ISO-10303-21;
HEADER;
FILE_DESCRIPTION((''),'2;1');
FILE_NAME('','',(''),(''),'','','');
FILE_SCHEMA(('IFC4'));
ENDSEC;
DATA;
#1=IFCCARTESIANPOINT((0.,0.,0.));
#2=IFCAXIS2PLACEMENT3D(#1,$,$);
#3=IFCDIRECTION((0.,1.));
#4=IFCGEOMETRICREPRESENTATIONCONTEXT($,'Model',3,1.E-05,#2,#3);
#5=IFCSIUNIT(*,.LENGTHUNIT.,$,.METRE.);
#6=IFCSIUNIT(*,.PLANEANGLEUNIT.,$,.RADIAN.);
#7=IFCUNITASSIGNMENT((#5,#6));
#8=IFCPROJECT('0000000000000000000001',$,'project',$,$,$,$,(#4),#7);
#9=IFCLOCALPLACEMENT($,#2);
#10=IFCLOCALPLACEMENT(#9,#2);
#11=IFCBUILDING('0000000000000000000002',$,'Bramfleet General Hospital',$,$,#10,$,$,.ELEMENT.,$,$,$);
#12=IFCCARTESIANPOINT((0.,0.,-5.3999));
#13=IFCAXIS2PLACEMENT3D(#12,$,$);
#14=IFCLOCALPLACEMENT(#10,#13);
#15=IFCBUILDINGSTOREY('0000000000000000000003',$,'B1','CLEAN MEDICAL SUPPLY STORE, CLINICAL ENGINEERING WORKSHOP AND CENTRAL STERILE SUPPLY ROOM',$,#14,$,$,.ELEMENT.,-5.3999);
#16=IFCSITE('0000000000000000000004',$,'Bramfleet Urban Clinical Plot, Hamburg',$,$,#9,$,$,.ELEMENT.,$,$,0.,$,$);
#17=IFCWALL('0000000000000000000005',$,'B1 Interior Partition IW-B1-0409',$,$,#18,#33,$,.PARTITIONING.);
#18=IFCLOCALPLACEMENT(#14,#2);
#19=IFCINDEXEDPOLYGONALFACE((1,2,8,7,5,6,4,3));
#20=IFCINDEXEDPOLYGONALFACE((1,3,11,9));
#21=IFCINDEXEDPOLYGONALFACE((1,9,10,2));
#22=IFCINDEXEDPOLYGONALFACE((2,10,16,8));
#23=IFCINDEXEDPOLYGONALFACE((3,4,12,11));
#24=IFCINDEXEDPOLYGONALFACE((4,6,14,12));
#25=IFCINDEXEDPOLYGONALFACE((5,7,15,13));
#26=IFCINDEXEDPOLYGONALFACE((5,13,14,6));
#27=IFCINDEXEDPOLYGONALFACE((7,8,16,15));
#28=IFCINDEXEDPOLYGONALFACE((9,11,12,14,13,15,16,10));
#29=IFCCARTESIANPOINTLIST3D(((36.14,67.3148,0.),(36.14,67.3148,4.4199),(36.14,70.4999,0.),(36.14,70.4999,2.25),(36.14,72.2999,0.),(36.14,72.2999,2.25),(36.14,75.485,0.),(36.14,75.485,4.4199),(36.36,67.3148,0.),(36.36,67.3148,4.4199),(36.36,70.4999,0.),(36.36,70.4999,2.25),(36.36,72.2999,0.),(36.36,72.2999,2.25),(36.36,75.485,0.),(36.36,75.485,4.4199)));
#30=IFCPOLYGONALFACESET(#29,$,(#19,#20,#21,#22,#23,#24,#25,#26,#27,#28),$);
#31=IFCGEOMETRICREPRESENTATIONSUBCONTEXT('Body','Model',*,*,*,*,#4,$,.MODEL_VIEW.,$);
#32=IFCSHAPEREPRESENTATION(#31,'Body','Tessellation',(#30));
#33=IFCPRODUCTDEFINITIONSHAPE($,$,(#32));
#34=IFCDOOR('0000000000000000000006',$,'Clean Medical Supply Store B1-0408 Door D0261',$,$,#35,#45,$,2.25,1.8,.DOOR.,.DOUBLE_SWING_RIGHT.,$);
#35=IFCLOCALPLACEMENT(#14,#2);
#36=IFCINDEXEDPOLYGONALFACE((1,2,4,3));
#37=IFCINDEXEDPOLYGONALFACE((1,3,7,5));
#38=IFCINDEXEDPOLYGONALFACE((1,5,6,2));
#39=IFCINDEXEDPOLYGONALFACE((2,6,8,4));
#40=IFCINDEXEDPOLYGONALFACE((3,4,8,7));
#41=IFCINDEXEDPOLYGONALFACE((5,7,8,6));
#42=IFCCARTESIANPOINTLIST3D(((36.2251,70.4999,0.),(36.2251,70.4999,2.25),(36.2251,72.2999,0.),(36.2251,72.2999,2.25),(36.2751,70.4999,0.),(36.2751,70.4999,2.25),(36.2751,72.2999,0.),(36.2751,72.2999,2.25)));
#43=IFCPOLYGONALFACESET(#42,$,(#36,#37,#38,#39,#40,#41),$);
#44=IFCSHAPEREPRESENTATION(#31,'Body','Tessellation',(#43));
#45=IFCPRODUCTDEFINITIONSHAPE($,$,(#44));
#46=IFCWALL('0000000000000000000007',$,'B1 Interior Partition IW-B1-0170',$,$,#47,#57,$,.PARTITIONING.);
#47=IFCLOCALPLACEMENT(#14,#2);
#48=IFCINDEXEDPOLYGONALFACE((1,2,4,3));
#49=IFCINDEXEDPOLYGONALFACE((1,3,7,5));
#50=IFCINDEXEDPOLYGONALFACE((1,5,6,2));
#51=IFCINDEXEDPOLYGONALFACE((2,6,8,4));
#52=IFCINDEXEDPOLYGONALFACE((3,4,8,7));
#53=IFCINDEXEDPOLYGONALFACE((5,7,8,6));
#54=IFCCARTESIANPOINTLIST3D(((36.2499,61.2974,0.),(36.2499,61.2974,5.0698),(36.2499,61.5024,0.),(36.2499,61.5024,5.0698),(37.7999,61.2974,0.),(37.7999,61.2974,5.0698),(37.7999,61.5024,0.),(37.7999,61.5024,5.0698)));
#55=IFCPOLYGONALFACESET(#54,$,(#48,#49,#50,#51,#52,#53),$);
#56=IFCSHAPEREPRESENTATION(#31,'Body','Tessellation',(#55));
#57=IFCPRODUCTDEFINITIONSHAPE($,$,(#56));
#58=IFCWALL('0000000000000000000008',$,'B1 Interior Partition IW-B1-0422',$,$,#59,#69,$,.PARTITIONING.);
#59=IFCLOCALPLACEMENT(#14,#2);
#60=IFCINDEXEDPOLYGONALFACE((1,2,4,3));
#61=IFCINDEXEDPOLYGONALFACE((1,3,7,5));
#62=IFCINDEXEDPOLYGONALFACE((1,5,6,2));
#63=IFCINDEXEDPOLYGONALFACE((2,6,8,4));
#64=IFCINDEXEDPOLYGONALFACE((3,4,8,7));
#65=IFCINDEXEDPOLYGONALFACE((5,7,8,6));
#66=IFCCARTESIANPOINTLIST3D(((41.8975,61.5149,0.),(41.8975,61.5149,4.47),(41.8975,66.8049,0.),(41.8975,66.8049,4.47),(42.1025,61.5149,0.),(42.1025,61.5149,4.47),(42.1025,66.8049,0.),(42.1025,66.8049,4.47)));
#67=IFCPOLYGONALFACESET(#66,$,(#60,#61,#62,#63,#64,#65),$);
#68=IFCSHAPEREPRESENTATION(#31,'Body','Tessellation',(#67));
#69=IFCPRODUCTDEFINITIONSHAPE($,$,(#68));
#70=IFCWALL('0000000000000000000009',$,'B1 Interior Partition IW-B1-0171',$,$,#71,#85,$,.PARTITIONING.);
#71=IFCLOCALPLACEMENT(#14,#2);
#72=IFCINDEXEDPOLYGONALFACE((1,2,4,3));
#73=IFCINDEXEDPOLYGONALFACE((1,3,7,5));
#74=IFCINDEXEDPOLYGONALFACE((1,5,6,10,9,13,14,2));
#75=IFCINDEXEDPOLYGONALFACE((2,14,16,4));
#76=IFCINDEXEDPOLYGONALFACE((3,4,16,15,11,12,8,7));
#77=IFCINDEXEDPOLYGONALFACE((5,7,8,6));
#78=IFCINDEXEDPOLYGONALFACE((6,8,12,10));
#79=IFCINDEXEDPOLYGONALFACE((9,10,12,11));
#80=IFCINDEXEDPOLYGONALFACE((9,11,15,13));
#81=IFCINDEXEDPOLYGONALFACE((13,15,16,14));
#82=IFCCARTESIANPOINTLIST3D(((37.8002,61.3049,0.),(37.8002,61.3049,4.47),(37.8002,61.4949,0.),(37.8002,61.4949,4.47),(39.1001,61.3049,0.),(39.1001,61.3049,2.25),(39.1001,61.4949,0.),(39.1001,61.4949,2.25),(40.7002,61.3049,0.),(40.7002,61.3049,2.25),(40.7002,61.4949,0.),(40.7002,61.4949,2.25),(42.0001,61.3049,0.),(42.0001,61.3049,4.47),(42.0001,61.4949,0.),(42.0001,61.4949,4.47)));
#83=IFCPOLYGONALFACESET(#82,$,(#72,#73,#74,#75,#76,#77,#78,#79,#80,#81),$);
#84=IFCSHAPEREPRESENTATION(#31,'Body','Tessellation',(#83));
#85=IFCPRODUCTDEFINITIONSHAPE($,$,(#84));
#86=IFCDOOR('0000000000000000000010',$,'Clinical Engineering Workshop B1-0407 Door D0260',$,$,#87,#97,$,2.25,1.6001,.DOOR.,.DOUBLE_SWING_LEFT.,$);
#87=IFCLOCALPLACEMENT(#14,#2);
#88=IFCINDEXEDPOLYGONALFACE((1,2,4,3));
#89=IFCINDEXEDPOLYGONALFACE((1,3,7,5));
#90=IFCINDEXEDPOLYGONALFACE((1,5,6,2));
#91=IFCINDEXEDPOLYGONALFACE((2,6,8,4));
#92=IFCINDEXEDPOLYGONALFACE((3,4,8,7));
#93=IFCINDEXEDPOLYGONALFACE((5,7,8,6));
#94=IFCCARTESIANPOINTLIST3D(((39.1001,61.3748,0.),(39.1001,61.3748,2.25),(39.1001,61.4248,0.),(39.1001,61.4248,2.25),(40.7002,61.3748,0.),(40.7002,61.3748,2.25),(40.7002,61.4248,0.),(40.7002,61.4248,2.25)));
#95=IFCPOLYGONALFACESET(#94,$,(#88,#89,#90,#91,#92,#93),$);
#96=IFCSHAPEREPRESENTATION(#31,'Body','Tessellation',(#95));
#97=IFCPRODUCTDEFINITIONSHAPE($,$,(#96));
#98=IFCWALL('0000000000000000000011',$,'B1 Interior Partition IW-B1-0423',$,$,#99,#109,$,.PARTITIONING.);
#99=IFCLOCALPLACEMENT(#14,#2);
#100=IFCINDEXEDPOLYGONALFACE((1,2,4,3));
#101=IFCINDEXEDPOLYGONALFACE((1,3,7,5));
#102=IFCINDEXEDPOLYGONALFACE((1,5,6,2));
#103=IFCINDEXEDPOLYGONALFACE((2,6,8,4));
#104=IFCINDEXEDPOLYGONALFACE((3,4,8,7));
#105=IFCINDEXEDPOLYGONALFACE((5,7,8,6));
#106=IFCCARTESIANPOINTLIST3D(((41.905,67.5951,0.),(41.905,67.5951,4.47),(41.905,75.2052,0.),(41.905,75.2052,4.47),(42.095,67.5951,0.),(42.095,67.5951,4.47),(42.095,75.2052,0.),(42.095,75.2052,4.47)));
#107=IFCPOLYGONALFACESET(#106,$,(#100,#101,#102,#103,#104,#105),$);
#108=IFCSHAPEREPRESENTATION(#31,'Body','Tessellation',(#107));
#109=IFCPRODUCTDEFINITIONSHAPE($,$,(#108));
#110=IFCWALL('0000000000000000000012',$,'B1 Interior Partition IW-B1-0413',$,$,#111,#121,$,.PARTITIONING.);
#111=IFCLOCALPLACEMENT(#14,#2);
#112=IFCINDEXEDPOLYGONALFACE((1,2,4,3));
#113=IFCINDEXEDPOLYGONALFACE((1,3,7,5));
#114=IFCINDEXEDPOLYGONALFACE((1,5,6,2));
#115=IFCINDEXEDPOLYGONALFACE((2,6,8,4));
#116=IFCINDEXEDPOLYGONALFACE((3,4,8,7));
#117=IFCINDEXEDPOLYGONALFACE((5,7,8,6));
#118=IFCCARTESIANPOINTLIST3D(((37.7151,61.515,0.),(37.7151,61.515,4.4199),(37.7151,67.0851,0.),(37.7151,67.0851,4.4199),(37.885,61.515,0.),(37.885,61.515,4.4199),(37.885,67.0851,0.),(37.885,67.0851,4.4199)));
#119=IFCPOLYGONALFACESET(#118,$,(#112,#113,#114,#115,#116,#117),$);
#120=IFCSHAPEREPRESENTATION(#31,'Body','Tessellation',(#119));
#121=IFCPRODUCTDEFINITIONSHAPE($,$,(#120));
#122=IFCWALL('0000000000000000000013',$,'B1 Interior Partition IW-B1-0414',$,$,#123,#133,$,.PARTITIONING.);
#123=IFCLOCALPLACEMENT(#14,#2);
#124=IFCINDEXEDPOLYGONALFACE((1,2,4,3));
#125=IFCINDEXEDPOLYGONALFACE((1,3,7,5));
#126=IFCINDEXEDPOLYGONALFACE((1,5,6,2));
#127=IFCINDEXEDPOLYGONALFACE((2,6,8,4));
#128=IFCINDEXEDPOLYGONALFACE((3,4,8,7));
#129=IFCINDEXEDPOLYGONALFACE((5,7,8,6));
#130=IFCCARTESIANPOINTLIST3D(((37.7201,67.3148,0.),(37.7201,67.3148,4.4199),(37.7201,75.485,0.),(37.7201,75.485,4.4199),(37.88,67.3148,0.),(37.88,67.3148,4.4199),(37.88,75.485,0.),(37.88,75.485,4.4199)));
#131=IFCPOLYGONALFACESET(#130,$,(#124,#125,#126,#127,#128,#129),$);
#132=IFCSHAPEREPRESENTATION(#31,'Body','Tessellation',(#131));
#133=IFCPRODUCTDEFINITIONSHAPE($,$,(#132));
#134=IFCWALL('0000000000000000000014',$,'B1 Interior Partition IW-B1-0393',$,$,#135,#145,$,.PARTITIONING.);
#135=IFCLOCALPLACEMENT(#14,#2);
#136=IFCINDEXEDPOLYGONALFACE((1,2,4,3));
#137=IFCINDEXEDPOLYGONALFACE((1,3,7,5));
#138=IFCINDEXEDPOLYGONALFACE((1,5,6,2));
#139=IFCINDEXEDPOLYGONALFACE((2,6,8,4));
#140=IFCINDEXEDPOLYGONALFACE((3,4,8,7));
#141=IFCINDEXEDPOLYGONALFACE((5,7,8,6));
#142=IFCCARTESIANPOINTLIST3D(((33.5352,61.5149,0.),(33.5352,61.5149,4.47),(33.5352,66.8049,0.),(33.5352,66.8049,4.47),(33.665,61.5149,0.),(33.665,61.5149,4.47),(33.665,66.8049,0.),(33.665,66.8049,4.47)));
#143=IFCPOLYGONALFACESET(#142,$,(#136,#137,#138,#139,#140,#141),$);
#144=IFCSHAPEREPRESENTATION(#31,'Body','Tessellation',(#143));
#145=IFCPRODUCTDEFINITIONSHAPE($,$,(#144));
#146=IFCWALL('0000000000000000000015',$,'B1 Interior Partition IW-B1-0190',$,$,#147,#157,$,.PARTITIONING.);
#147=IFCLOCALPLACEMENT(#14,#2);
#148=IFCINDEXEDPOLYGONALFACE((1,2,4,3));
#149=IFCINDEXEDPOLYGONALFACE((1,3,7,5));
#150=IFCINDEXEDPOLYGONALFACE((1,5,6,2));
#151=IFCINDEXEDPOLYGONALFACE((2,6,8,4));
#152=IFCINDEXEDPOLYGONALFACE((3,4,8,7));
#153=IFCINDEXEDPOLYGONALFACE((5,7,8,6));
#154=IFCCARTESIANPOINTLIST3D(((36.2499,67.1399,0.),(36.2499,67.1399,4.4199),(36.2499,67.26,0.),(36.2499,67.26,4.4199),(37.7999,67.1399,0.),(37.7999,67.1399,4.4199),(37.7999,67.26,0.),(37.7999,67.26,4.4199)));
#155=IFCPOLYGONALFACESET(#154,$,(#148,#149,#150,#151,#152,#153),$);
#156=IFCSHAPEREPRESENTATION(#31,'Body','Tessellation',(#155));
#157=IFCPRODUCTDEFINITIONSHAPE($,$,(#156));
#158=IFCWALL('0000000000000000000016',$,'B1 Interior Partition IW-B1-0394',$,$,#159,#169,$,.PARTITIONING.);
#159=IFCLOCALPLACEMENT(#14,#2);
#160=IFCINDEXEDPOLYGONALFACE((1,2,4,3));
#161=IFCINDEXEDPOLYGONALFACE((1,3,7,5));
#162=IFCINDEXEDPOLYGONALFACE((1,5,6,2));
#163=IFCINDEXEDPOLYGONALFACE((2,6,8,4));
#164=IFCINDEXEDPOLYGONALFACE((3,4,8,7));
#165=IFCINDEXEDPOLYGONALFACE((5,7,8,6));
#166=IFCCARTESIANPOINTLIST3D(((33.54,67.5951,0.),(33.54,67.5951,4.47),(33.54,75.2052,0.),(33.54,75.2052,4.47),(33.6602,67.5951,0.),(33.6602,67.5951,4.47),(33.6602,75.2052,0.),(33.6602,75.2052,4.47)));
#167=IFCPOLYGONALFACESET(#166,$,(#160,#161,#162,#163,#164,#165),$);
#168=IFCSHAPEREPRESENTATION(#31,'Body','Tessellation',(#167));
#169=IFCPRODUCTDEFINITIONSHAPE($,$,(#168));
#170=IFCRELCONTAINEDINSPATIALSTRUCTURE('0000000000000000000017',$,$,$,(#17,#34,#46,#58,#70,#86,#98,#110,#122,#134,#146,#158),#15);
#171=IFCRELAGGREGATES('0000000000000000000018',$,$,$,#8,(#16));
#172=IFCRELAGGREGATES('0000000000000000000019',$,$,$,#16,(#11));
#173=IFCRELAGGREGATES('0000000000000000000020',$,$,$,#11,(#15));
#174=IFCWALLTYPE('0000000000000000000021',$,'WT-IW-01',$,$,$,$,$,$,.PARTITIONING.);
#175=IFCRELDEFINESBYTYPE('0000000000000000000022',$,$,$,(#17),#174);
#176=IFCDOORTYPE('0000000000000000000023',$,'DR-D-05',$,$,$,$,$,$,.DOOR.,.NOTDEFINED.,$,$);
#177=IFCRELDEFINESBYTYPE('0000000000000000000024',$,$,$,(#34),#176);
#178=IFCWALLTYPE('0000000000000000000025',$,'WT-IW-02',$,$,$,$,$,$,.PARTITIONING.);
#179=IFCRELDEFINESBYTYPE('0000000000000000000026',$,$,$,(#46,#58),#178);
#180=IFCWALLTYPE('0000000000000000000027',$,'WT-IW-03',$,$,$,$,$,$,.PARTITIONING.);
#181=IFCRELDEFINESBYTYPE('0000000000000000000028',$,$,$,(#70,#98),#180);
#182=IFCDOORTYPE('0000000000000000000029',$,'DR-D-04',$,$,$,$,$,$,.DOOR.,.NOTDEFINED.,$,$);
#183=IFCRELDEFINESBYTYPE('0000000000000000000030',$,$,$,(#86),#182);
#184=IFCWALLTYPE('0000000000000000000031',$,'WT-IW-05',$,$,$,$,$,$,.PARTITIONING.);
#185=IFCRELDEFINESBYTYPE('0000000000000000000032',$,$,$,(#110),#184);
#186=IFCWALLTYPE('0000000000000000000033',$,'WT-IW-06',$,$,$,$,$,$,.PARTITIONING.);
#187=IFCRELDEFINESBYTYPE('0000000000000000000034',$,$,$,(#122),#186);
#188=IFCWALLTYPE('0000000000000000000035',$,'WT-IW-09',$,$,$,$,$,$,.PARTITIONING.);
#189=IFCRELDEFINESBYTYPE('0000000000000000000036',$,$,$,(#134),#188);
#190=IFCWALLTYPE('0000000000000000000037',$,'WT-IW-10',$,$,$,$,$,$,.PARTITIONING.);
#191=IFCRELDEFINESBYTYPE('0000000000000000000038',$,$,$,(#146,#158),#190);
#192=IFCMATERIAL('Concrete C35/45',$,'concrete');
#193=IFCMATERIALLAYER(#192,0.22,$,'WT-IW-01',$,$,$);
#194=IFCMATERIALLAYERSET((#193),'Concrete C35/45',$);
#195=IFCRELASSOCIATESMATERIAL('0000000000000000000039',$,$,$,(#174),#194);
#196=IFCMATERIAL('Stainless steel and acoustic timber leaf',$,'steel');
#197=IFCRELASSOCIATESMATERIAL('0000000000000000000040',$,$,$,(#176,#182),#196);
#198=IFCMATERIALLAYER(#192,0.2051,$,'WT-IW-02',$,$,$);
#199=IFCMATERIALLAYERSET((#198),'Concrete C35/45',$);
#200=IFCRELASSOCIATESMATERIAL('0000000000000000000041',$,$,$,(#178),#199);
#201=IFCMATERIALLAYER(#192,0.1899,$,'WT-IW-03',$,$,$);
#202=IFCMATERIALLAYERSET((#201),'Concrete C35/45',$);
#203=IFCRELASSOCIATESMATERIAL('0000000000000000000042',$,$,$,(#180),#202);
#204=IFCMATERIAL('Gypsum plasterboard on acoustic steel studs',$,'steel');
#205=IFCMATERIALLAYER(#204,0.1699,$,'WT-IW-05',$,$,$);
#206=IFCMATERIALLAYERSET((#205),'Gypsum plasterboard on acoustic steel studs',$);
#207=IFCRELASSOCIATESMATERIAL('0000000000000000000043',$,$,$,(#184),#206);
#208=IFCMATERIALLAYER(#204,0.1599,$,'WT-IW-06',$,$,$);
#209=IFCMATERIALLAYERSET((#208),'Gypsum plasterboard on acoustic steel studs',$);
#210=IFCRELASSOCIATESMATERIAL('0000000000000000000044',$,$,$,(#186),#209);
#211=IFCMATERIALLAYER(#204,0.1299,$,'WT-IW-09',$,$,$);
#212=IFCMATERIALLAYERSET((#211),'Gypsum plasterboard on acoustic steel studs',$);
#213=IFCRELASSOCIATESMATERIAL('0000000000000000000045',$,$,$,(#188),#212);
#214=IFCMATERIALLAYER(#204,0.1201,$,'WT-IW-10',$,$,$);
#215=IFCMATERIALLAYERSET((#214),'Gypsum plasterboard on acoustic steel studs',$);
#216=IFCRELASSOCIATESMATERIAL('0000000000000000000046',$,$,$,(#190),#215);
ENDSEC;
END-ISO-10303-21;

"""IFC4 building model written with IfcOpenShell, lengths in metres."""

from ifc_helpers import new_model, si_unit, direction, frame, frame_2d, origin, place, context, subcontext, project, spatial, rectangle, extrude, material, layer, layer_set, type_object, element, fill, save


model = new_model("IFC4")

# Units and contexts
model_context = context("Model", 3, precision=1e-05, world=origin(), true_north=direction((0.0, 1.0)))
body_context = subcontext(model_context, "Body", "Model", "MODEL_VIEW")
ifc_project = project(units=[si_unit("LENGTHUNIT", "METRE"), si_unit("PLANEANGLEUNIT", "RADIAN")], contexts=[model_context])

# Site, building, storey
site_placement = place(None, origin())
site = spatial("IfcSite", under=ifc_project, at=site_placement, Name="Bramfleet Urban Clinical Plot, Hamburg", CompositionType="ELEMENT", RefElevation=0.0)
building_placement = place(site_placement, origin())
building = spatial("IfcBuilding", under=site, at=building_placement, Name="Bramfleet General Hospital", CompositionType="ELEMENT")
storey_placement = place(building_placement, frame((0.0, 0.0, -5.3999)))
storey = spatial("IfcBuildingStorey", under=building, at=storey_placement, Name="B1", Description="CLEAN MEDICAL SUPPLY STORE, CLINICAL ENGINEERING WORKSHOP AND CENTRAL STERILE SUPPLY ROOM", CompositionType="ELEMENT", Elevation=-5.3999)

# Shared definitions
ifc_material_1 = material(Name="Concrete C35/45", Category="concrete")

# Wall, opening, door
ifc_layer_1 = layer(ifc_material_1, 0.22, Name="WT-IW-01")
ifc_layer_set_1 = layer_set([ifc_layer_1], Name="Concrete C35/45")
wall_type_1 = type_object("IfcWallType", Name="WT-IW-01", PredefinedType="PARTITIONING", material=ifc_layer_set_1)
wall_1_placement = place(storey_placement, frame((36.25, 67.3149, 0.0), z_axis=(0.0, 0.0, 1.0), x_axis=(0.0, 1.0, 0.0)))
wall_1 = element("IfcWall", 1, at=wall_1_placement, inside=storey, type_object=wall_type_1, Name="B1 Interior Partition IW-B1-0409", PredefinedType="PARTITIONING", context=body_context, shape_type="SweptSolid", body=[
    extrude(rectangle(XDim=8.1702, YDim=0.22, at=frame_2d((4.085, 0.0))), origin(), (0.0, 0.0, 1.0), 4.4199),
])
opening_1_placement = place(wall_1_placement, frame((3.1851, 0.0, 0.0)))
opening_1 = element("IfcOpeningElement", 2, at=opening_1_placement, cuts=wall_1, PredefinedType="OPENING", context=body_context, shape_type="SweptSolid", body=[
    extrude(rectangle(XDim=1.8, YDim=2.25, at=frame_2d((0.8999, 1.125))), frame((0.0, 0.1199, 0.0), z_axis=(0.0, -1.0, 0.0), x_axis=(1.0, 0.0, 0.0)), (0.0, 0.0, 1.0), 0.24),
])
ifc_material_2 = material(Name="Stainless steel and acoustic timber leaf", Category="steel")
door_type_1 = type_object("IfcDoorType", Name="DR-D-05", OperationType="NOTDEFINED", PredefinedType="DOOR", material=ifc_material_2)
door_1_placement = place(opening_1_placement, origin())
door_1 = element("IfcDoor", 3, at=door_1_placement, inside=storey, type_object=door_type_1, Name="Clean Medical Supply Store B1-0408 Door D0261", OperationType="DOUBLE_SWING_RIGHT", OverallHeight=2.25, OverallWidth=1.8, PredefinedType="DOOR", context=body_context, shape_type="SweptSolid", body=[
    extrude(rectangle(XDim=1.8, YDim=2.25, at=frame_2d((0.8999, 1.125))), frame((0.0, 0.0249, 0.0), z_axis=(0.0, -1.0, 0.0), x_axis=(1.0, 0.0, 0.0)), (0.0, 0.0, 1.0), 0.05),
])
fill(opening_1, door_1)

# Walls
ifc_layer_2 = layer(ifc_material_1, 0.2051, Name="WT-IW-02")
ifc_layer_set_2 = layer_set([ifc_layer_2], Name="Concrete C35/45")
wall_type_2 = type_object("IfcWallType", Name="WT-IW-02", PredefinedType="PARTITIONING", material=ifc_layer_set_2)
wall_2_placement = place(storey_placement, frame((36.25, 61.3999, 0.0), z_axis=(0.0, 0.0, 1.0), x_axis=(1.0, 0.0, 0.0)))
element("IfcWall", 4, at=wall_2_placement, inside=storey, type_object=wall_type_2, Name="B1 Interior Partition IW-B1-0170", PredefinedType="PARTITIONING", context=body_context, shape_type="SweptSolid", body=[
    extrude(rectangle(XDim=1.55, YDim=0.2051, at=frame_2d((0.7749, 0.0))), origin(), (0.0, 0.0, 1.0), 5.0698),
])
wall_3_placement = place(storey_placement, frame((42.0, 61.5149, 0.0), z_axis=(0.0, 0.0, 1.0), x_axis=(0.0, 1.0, 0.0)))
element("IfcWall", 5, at=wall_3_placement, inside=storey, type_object=wall_type_2, Name="B1 Interior Partition IW-B1-0422", PredefinedType="PARTITIONING", context=body_context, shape_type="SweptSolid", body=[
    extrude(rectangle(XDim=5.29, YDim=0.2051, at=frame_2d((2.645, 0.0))), origin(), (0.0, 0.0, 1.0), 4.47),
])

# Wall, opening, door
ifc_layer_3 = layer(ifc_material_1, 0.1899, Name="WT-IW-03")
ifc_layer_set_3 = layer_set([ifc_layer_3], Name="Concrete C35/45")
wall_type_3 = type_object("IfcWallType", Name="WT-IW-03", PredefinedType="PARTITIONING", material=ifc_layer_set_3)
wall_4_placement = place(storey_placement, frame((37.8, 61.3999, 0.0), z_axis=(0.0, 0.0, 1.0), x_axis=(1.0, 0.0, 0.0)))
wall_4 = element("IfcWall", 6, at=wall_4_placement, inside=storey, type_object=wall_type_3, Name="B1 Interior Partition IW-B1-0171", PredefinedType="PARTITIONING", context=body_context, shape_type="SweptSolid", body=[
    extrude(rectangle(XDim=4.2, YDim=0.1899, at=frame_2d((2.1001, 0.0))), origin(), (0.0, 0.0, 1.0), 4.47),
])
opening_2_placement = place(wall_4_placement, frame((1.3, 0.0, 0.0)))
opening_2 = element("IfcOpeningElement", 7, at=opening_2_placement, cuts=wall_4, PredefinedType="OPENING", context=body_context, shape_type="SweptSolid", body=[
    extrude(rectangle(XDim=1.6001, YDim=2.25, at=frame_2d((0.8, 1.125))), frame((0.0, 0.105, 0.0), z_axis=(0.0, -1.0, 0.0), x_axis=(1.0, 0.0, 0.0)), (0.0, 0.0, 1.0), 0.21),
])
door_type_2 = type_object("IfcDoorType", Name="DR-D-04", OperationType="NOTDEFINED", PredefinedType="DOOR", material=ifc_material_2)
door_2_placement = place(opening_2_placement, origin())
door_2 = element("IfcDoor", 8, at=door_2_placement, inside=storey, type_object=door_type_2, Name="Clinical Engineering Workshop B1-0407 Door D0260", OperationType="DOUBLE_SWING_LEFT", OverallHeight=2.25, OverallWidth=1.6001, PredefinedType="DOOR", context=body_context, shape_type="SweptSolid", body=[
    extrude(rectangle(XDim=1.6001, YDim=2.25, at=frame_2d((0.8, 1.125))), frame((0.0, 0.0249, 0.0), z_axis=(0.0, -1.0, 0.0), x_axis=(1.0, 0.0, 0.0)), (0.0, 0.0, 1.0), 0.05),
])
fill(opening_2, door_2)

# Walls
wall_5_placement = place(storey_placement, frame((42.0, 67.595, 0.0), z_axis=(0.0, 0.0, 1.0), x_axis=(0.0, 1.0, 0.0)))
element("IfcWall", 9, at=wall_5_placement, inside=storey, type_object=wall_type_3, Name="B1 Interior Partition IW-B1-0423", PredefinedType="PARTITIONING", context=body_context, shape_type="SweptSolid", body=[
    extrude(rectangle(XDim=7.6101, YDim=0.1899, at=frame_2d((3.8052, 0.0))), origin(), (0.0, 0.0, 1.0), 4.47),
])
ifc_material_3 = material(Name="Gypsum plasterboard on acoustic steel studs", Category="steel")
ifc_layer_4 = layer(ifc_material_3, 0.1699, Name="WT-IW-05")
ifc_layer_set_4 = layer_set([ifc_layer_4], Name="Gypsum plasterboard on acoustic steel studs")
wall_type_4 = type_object("IfcWallType", Name="WT-IW-05", PredefinedType="PARTITIONING", material=ifc_layer_set_4)
wall_6_placement = place(storey_placement, frame((37.8, 61.5149, 0.0), z_axis=(0.0, 0.0, 1.0), x_axis=(0.0, 1.0, 0.0)))
element("IfcWall", 10, at=wall_6_placement, inside=storey, type_object=wall_type_4, Name="B1 Interior Partition IW-B1-0413", PredefinedType="PARTITIONING", context=body_context, shape_type="SweptSolid", body=[
    extrude(rectangle(XDim=5.5701, YDim=0.1699, at=frame_2d((2.7852, 0.0))), origin(), (0.0, 0.0, 1.0), 4.4199),
])
ifc_layer_5 = layer(ifc_material_3, 0.1599, Name="WT-IW-06")
ifc_layer_set_5 = layer_set([ifc_layer_5], Name="Gypsum plasterboard on acoustic steel studs")
wall_type_5 = type_object("IfcWallType", Name="WT-IW-06", PredefinedType="PARTITIONING", material=ifc_layer_set_5)
wall_7_placement = place(storey_placement, frame((37.8, 67.3149, 0.0), z_axis=(0.0, 0.0, 1.0), x_axis=(0.0, 1.0, 0.0)))
element("IfcWall", 11, at=wall_7_placement, inside=storey, type_object=wall_type_5, Name="B1 Interior Partition IW-B1-0414", PredefinedType="PARTITIONING", context=body_context, shape_type="SweptSolid", body=[
    extrude(rectangle(XDim=8.1702, YDim=0.1599, at=frame_2d((4.085, 0.0))), origin(), (0.0, 0.0, 1.0), 4.4199),
])
ifc_layer_6 = layer(ifc_material_3, 0.1299, Name="WT-IW-09")
ifc_layer_set_6 = layer_set([ifc_layer_6], Name="Gypsum plasterboard on acoustic steel studs")
wall_type_6 = type_object("IfcWallType", Name="WT-IW-09", PredefinedType="PARTITIONING", material=ifc_layer_set_6)
wall_8_placement = place(storey_placement, frame((33.6001, 61.5149, 0.0), z_axis=(0.0, 0.0, 1.0), x_axis=(0.0, 1.0, 0.0)))
element("IfcWall", 12, at=wall_8_placement, inside=storey, type_object=wall_type_6, Name="B1 Interior Partition IW-B1-0393", PredefinedType="PARTITIONING", context=body_context, shape_type="SweptSolid", body=[
    extrude(rectangle(XDim=5.29, YDim=0.1299, at=frame_2d((2.645, 0.0))), origin(), (0.0, 0.0, 1.0), 4.47),
])
ifc_layer_7 = layer(ifc_material_3, 0.1201, Name="WT-IW-10")
ifc_layer_set_7 = layer_set([ifc_layer_7], Name="Gypsum plasterboard on acoustic steel studs")
wall_type_7 = type_object("IfcWallType", Name="WT-IW-10", PredefinedType="PARTITIONING", material=ifc_layer_set_7)
wall_9_placement = place(storey_placement, frame((36.25, 67.2, 0.0), z_axis=(0.0, 0.0, 1.0), x_axis=(1.0, 0.0, 0.0)))
element("IfcWall", 13, at=wall_9_placement, inside=storey, type_object=wall_type_7, Name="B1 Interior Partition IW-B1-0190", PredefinedType="PARTITIONING", context=body_context, shape_type="SweptSolid", body=[
    extrude(rectangle(XDim=1.55, YDim=0.1201, at=frame_2d((0.7749, 0.0))), origin(), (0.0, 0.0, 1.0), 4.4199),
])
wall_10_placement = place(storey_placement, frame((33.6001, 67.595, 0.0), z_axis=(0.0, 0.0, 1.0), x_axis=(0.0, 1.0, 0.0)))
element("IfcWall", 14, at=wall_10_placement, inside=storey, type_object=wall_type_7, Name="B1 Interior Partition IW-B1-0394", PredefinedType="PARTITIONING", context=body_context, shape_type="SweptSolid", body=[
    extrude(rectangle(XDim=7.6101, YDim=0.1201, at=frame_2d((3.8052, 0.0))), origin(), (0.0, 0.0, 1.0), 4.47),
])

save(model, "model.ifc")
